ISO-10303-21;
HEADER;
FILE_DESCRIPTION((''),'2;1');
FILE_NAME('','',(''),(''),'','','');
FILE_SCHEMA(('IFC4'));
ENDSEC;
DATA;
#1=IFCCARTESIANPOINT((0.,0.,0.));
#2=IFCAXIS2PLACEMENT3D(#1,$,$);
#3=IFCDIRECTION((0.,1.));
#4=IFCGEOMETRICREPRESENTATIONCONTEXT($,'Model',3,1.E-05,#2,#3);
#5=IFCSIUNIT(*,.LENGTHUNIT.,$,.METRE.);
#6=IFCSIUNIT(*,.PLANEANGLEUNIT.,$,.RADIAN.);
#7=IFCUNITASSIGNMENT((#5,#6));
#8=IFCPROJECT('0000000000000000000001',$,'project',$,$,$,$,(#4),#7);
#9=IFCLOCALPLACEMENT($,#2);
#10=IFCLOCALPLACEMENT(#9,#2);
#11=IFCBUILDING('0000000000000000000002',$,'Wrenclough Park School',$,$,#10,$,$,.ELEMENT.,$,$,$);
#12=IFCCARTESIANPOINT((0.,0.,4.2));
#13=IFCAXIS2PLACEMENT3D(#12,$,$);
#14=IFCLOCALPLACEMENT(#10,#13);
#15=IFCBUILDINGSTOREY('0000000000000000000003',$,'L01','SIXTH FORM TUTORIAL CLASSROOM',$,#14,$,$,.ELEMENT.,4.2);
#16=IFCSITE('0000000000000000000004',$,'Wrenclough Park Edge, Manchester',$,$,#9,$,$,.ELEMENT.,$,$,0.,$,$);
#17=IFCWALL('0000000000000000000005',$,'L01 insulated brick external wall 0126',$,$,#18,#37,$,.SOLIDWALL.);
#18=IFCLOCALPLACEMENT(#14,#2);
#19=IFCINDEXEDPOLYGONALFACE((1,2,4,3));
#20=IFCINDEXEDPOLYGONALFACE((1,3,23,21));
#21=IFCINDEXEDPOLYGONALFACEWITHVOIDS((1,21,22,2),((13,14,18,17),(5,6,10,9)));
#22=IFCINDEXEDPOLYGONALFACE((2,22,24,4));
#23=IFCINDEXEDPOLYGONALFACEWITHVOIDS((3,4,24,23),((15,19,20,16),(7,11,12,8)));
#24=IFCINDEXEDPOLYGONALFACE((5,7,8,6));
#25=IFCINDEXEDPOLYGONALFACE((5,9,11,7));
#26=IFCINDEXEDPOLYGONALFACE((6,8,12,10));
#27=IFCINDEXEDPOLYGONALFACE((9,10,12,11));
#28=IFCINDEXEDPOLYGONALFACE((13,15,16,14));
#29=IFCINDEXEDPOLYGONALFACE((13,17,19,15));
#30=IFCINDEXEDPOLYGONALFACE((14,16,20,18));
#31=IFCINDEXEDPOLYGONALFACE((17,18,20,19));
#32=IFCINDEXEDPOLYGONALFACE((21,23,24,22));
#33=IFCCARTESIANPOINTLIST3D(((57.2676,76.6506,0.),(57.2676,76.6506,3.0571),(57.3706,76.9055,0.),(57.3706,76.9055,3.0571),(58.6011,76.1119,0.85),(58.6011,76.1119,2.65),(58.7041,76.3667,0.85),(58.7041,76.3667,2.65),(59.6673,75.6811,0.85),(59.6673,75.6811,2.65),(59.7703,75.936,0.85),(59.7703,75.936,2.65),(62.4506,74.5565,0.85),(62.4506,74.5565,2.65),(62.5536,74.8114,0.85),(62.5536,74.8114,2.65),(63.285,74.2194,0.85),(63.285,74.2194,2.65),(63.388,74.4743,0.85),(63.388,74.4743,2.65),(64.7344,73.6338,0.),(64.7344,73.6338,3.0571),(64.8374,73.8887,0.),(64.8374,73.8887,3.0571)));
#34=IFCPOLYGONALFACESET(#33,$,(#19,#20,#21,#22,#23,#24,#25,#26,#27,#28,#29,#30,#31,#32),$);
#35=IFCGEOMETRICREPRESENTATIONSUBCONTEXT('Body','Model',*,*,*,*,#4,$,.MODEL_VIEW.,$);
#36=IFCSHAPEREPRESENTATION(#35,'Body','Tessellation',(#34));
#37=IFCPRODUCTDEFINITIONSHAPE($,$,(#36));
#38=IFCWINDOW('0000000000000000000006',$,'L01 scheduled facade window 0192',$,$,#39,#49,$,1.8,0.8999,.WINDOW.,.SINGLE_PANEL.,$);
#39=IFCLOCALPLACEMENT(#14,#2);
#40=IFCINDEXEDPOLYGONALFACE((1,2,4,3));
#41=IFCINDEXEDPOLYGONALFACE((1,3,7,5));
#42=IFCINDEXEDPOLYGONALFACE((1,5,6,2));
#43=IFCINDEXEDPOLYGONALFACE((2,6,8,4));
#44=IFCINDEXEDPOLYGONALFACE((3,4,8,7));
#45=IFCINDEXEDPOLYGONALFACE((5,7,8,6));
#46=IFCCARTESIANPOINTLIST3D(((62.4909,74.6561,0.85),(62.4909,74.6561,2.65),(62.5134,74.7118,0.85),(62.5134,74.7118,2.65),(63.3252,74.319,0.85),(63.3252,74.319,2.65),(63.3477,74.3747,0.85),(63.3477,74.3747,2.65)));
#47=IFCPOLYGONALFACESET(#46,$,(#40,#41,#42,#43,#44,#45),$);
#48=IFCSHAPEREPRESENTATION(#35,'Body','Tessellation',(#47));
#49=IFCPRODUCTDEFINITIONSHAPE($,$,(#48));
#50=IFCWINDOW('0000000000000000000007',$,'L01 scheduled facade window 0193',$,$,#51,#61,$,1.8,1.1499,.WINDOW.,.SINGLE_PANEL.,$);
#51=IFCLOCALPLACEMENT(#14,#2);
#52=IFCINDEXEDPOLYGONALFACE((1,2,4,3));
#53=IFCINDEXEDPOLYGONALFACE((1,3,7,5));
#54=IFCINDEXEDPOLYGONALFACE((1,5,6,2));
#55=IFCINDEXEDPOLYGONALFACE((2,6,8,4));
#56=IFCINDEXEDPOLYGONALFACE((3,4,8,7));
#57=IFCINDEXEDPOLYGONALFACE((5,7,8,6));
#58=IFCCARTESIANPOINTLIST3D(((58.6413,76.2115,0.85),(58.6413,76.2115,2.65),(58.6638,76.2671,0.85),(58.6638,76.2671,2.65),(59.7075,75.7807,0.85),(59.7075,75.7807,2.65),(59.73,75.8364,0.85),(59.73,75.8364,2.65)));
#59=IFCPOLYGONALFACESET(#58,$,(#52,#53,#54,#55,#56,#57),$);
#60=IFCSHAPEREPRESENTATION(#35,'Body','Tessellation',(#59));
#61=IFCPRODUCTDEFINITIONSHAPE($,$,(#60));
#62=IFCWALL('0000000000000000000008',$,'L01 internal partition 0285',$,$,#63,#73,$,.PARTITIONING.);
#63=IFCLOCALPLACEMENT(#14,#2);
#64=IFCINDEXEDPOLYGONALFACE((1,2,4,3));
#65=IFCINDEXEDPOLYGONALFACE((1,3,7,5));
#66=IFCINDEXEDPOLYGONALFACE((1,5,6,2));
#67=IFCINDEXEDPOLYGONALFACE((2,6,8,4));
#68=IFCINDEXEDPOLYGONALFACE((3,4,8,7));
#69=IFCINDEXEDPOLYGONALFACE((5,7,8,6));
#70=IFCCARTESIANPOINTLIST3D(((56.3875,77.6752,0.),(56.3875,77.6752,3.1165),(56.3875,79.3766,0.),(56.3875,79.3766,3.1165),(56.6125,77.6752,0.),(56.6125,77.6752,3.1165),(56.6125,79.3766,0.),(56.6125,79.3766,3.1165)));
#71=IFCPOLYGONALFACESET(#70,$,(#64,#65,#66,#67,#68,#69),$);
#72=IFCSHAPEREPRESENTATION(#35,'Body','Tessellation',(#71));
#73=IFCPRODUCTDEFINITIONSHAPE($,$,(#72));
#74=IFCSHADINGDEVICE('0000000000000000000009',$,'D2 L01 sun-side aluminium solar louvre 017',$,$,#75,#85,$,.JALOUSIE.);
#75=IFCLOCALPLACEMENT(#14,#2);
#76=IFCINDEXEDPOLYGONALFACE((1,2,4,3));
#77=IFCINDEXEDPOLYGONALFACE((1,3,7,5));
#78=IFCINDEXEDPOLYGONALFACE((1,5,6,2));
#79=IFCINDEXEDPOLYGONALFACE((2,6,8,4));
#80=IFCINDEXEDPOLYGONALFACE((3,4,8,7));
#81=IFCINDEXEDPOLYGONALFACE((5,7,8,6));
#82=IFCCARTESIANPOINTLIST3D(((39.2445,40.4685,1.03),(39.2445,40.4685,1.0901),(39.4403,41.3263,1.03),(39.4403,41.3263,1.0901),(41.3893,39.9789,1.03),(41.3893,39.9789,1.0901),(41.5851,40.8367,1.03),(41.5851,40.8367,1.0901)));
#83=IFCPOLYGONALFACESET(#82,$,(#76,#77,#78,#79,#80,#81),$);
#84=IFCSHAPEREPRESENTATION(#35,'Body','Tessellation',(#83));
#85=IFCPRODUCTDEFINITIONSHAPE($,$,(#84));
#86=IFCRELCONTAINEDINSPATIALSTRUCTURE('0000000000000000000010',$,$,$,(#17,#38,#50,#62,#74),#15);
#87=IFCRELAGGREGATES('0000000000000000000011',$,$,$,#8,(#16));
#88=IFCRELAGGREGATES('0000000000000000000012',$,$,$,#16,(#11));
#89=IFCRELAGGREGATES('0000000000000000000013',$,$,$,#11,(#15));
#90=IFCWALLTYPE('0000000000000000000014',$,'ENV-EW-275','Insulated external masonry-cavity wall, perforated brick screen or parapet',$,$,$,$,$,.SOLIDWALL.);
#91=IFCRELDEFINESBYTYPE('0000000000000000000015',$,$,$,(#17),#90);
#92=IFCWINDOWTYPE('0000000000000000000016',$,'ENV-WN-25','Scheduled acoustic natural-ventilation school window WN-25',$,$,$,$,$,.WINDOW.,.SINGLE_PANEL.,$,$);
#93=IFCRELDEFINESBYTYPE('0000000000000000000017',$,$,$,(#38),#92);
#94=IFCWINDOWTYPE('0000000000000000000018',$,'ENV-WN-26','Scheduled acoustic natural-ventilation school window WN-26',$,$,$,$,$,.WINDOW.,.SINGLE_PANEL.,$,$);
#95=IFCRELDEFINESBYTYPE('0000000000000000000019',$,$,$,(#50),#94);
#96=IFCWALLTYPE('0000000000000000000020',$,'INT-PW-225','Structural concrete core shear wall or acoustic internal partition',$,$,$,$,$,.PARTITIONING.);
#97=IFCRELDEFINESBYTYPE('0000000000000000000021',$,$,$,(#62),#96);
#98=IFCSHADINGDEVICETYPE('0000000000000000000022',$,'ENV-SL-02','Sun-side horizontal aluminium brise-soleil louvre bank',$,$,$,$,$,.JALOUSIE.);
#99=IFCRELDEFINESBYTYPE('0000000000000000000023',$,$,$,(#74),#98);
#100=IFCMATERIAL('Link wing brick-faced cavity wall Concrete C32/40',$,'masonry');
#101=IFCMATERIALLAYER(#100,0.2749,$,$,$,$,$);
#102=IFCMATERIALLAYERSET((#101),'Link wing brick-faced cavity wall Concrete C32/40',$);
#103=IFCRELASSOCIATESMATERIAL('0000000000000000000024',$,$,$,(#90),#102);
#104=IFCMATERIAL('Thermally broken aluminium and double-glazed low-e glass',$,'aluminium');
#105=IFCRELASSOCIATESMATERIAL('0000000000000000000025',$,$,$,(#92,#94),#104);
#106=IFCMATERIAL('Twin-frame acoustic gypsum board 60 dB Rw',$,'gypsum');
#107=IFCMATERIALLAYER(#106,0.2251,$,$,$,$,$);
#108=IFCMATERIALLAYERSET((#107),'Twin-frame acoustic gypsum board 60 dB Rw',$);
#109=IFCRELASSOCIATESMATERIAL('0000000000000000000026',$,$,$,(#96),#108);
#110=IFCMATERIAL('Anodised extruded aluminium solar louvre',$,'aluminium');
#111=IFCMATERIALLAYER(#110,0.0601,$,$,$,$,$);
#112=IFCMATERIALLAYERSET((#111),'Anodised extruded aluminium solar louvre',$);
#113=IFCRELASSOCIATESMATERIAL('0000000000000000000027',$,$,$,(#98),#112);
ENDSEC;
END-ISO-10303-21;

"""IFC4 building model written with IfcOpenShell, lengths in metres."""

from ifc_helpers import new_model, si_unit, direction, frame, frame_2d, origin, origin_2d, place, context, subcontext, project, spatial, rectangle, extrude, material, layer, layer_set, type_object, element, fill, save


model = new_model("IFC4")

# Units and contexts
model_context = context("Model", 3, precision=1e-05, world=origin(), true_north=direction((0.0, 1.0)))
body_context = subcontext(model_context, "Body", "Model", "MODEL_VIEW")
ifc_project = project(units=[si_unit("LENGTHUNIT", "METRE"), si_unit("PLANEANGLEUNIT", "RADIAN")], contexts=[model_context])

# Site, building, storey
site_placement = place(None, origin())
site = spatial("IfcSite", under=ifc_project, at=site_placement, Name="Wrenclough Park Edge, Manchester", CompositionType="ELEMENT", RefElevation=0.0)
building_placement = place(site_placement, origin())
building = spatial("IfcBuilding", under=site, at=building_placement, Name="Wrenclough Park School", CompositionType="ELEMENT")
storey_placement = place(building_placement, frame((0.0, 0.0, 4.2)))
storey = spatial("IfcBuildingStorey", under=building, at=storey_placement, Name="L01", Description="SIXTH FORM TUTORIAL CLASSROOM", CompositionType="ELEMENT", Elevation=4.2)

# Wall, openings, windows
ifc_material_1 = material(Name="Link wing brick-faced cavity wall Concrete C32/40", Category="masonry")
ifc_layer_1 = layer(ifc_material_1, 0.2749)
ifc_layer_set_1 = layer_set([ifc_layer_1], Name="Link wing brick-faced cavity wall Concrete C32/40")
wall_type_1 = type_object("IfcWallType", Name="ENV-EW-275", Description="Insulated external masonry-cavity wall, perforated brick screen or parapet", PredefinedType="SOLIDWALL", material=ifc_layer_set_1)
wall_1_placement = place(storey_placement, frame((64.7859, 73.7612, 0.0), z_axis=(0.0, 0.0, 1.0), x_axis=(-0.927181, 0.374613, 0.0)))
wall_1 = element("IfcWall", 1, at=wall_1_placement, inside=storey, type_object=wall_type_1, Name="L01 insulated brick external wall 0126", PredefinedType="SOLIDWALL", context=body_context, shape_type="SweptSolid", body=[
    extrude(rectangle(XDim=8.0532, YDim=0.2749, at=frame_2d((4.0266, 0.0))), origin(), (0.0, 0.0, 1.0), 3.0571),
])
opening_1_placement = place(wall_1_placement, frame((1.5632, 0.0, 0.8501)))
opening_1 = element("IfcOpeningElement", 2, at=opening_1_placement, cuts=wall_1, PredefinedType="OPENING", context=body_context, shape_type="SweptSolid", body=[
    extrude(rectangle(XDim=0.8999, YDim=1.8, at=frame_2d((0.45, 0.8999))), frame((0.0, 0.1475, 0.0), z_axis=(0.0, -1.0, 0.0), x_axis=(1.0, 0.0, 0.0)), (0.0, 0.0, 1.0), 0.2949),
])
opening_2_placement = place(wall_1_placement, frame((5.4651, 0.0, 0.8501)))
opening_2 = element("IfcOpeningElement", 3, at=opening_2_placement, cuts=wall_1, PredefinedType="OPENING", context=body_context, shape_type="SweptSolid", body=[
    extrude(rectangle(XDim=1.1499, YDim=1.8, at=frame_2d((0.575, 0.8999))), frame((0.0, 0.1475, 0.0), z_axis=(0.0, -1.0, 0.0), x_axis=(1.0, 0.0, 0.0)), (0.0, 0.0, 1.0), 0.2949),
])
ifc_material_2 = material(Name="Thermally broken aluminium and double-glazed low-e glass", Category="aluminium")
window_type_1 = type_object("IfcWindowType", Name="ENV-WN-25", Description="Scheduled acoustic natural-ventilation school window WN-25", PartitioningType="SINGLE_PANEL", PredefinedType="WINDOW", material=ifc_material_2)
window_1_placement = place(opening_1_placement, origin())
window_1 = element("IfcWindow", 4, at=window_1_placement, inside=storey, type_object=window_type_1, Name="L01 scheduled facade window 0192", OverallHeight=1.8, OverallWidth=0.8999, PartitioningType="SINGLE_PANEL", PredefinedType="WINDOW", context=body_context, shape_type="SweptSolid", body=[
    extrude(rectangle(XDim=0.8999, YDim=1.8, at=frame_2d((0.45, 0.8999))), frame((0.0, 0.03, 0.0), z_axis=(0.0, -1.0, 0.0), x_axis=(1.0, 0.0, 0.0)), (0.0, 0.0, 1.0), 0.0601),
])
fill(opening_1, window_1)
window_type_2 = type_object("IfcWindowType", Name="ENV-WN-26", Description="Scheduled acoustic natural-ventilation school window WN-26", PartitioningType="SINGLE_PANEL", PredefinedType="WINDOW", material=ifc_material_2)
window_2_placement = place(opening_2_placement, origin())
window_2 = element("IfcWindow", 5, at=window_2_placement, inside=storey, type_object=window_type_2, Name="L01 scheduled facade window 0193", OverallHeight=1.8, OverallWidth=1.1499, PartitioningType="SINGLE_PANEL", PredefinedType="WINDOW", context=body_context, shape_type="SweptSolid", body=[
    extrude(rectangle(XDim=1.1499, YDim=1.8, at=frame_2d((0.575, 0.8999))), frame((0.0, 0.03, 0.0), z_axis=(0.0, -1.0, 0.0), x_axis=(1.0, 0.0, 0.0)), (0.0, 0.0, 1.0), 0.0601),
])
fill(opening_2, window_2)

# Wall
ifc_material_3 = material(Name="Twin-frame acoustic gypsum board 60 dB Rw", Category="gypsum")
ifc_layer_2 = layer(ifc_material_3, 0.2251)
ifc_layer_set_2 = layer_set([ifc_layer_2], Name="Twin-frame acoustic gypsum board 60 dB Rw")
wall_type_2 = type_object("IfcWallType", Name="INT-PW-225", Description="Structural concrete core shear wall or acoustic internal partition", PredefinedType="PARTITIONING", material=ifc_layer_set_2)
wall_2_placement = place(storey_placement, frame((56.5, 77.6753, 0.0), z_axis=(0.0, 0.0, 1.0), x_axis=(0.0, 1.0, 0.0)))
element("IfcWall", 6, at=wall_2_placement, inside=storey, type_object=wall_type_2, Name="L01 internal partition 0285", PredefinedType="PARTITIONING", context=body_context, shape_type="SweptSolid", body=[
    extrude(rectangle(XDim=1.7014, YDim=0.2251, at=frame_2d((0.8506, 0.0))), origin(), (0.0, 0.0, 1.0), 3.1165),
])

# Shading device
ifc_material_4 = material(Name="Anodised extruded aluminium solar louvre", Category="aluminium")
ifc_layer_3 = layer(ifc_material_4, 0.0601)
ifc_layer_set_3 = layer_set([ifc_layer_3], Name="Anodised extruded aluminium solar louvre")
shading_device_type = type_object("IfcShadingDeviceType", Name="ENV-SL-02", Description="Sun-side horizontal aluminium brise-soleil louvre bank", PredefinedType="JALOUSIE", material=ifc_layer_set_3)
shading_device_placement = place(storey_placement, frame((40.4148, 40.6526, 1.03), z_axis=(0.0, 0.0, 1.0), x_axis=(-0.974927, 0.222526, 0.0)))
element("IfcShadingDevice", 7, at=shading_device_placement, inside=storey, type_object=shading_device_type, Name="D2 L01 sun-side aluminium solar louvre 017", PredefinedType="JALOUSIE", context=body_context, shape_type="SweptSolid", body=[
    extrude(rectangle(XDim=2.2, YDim=0.8799, at=origin_2d()), origin(), (0.0, 0.0, 1.0), 0.0601),
])

save(model, "model.ifc")
